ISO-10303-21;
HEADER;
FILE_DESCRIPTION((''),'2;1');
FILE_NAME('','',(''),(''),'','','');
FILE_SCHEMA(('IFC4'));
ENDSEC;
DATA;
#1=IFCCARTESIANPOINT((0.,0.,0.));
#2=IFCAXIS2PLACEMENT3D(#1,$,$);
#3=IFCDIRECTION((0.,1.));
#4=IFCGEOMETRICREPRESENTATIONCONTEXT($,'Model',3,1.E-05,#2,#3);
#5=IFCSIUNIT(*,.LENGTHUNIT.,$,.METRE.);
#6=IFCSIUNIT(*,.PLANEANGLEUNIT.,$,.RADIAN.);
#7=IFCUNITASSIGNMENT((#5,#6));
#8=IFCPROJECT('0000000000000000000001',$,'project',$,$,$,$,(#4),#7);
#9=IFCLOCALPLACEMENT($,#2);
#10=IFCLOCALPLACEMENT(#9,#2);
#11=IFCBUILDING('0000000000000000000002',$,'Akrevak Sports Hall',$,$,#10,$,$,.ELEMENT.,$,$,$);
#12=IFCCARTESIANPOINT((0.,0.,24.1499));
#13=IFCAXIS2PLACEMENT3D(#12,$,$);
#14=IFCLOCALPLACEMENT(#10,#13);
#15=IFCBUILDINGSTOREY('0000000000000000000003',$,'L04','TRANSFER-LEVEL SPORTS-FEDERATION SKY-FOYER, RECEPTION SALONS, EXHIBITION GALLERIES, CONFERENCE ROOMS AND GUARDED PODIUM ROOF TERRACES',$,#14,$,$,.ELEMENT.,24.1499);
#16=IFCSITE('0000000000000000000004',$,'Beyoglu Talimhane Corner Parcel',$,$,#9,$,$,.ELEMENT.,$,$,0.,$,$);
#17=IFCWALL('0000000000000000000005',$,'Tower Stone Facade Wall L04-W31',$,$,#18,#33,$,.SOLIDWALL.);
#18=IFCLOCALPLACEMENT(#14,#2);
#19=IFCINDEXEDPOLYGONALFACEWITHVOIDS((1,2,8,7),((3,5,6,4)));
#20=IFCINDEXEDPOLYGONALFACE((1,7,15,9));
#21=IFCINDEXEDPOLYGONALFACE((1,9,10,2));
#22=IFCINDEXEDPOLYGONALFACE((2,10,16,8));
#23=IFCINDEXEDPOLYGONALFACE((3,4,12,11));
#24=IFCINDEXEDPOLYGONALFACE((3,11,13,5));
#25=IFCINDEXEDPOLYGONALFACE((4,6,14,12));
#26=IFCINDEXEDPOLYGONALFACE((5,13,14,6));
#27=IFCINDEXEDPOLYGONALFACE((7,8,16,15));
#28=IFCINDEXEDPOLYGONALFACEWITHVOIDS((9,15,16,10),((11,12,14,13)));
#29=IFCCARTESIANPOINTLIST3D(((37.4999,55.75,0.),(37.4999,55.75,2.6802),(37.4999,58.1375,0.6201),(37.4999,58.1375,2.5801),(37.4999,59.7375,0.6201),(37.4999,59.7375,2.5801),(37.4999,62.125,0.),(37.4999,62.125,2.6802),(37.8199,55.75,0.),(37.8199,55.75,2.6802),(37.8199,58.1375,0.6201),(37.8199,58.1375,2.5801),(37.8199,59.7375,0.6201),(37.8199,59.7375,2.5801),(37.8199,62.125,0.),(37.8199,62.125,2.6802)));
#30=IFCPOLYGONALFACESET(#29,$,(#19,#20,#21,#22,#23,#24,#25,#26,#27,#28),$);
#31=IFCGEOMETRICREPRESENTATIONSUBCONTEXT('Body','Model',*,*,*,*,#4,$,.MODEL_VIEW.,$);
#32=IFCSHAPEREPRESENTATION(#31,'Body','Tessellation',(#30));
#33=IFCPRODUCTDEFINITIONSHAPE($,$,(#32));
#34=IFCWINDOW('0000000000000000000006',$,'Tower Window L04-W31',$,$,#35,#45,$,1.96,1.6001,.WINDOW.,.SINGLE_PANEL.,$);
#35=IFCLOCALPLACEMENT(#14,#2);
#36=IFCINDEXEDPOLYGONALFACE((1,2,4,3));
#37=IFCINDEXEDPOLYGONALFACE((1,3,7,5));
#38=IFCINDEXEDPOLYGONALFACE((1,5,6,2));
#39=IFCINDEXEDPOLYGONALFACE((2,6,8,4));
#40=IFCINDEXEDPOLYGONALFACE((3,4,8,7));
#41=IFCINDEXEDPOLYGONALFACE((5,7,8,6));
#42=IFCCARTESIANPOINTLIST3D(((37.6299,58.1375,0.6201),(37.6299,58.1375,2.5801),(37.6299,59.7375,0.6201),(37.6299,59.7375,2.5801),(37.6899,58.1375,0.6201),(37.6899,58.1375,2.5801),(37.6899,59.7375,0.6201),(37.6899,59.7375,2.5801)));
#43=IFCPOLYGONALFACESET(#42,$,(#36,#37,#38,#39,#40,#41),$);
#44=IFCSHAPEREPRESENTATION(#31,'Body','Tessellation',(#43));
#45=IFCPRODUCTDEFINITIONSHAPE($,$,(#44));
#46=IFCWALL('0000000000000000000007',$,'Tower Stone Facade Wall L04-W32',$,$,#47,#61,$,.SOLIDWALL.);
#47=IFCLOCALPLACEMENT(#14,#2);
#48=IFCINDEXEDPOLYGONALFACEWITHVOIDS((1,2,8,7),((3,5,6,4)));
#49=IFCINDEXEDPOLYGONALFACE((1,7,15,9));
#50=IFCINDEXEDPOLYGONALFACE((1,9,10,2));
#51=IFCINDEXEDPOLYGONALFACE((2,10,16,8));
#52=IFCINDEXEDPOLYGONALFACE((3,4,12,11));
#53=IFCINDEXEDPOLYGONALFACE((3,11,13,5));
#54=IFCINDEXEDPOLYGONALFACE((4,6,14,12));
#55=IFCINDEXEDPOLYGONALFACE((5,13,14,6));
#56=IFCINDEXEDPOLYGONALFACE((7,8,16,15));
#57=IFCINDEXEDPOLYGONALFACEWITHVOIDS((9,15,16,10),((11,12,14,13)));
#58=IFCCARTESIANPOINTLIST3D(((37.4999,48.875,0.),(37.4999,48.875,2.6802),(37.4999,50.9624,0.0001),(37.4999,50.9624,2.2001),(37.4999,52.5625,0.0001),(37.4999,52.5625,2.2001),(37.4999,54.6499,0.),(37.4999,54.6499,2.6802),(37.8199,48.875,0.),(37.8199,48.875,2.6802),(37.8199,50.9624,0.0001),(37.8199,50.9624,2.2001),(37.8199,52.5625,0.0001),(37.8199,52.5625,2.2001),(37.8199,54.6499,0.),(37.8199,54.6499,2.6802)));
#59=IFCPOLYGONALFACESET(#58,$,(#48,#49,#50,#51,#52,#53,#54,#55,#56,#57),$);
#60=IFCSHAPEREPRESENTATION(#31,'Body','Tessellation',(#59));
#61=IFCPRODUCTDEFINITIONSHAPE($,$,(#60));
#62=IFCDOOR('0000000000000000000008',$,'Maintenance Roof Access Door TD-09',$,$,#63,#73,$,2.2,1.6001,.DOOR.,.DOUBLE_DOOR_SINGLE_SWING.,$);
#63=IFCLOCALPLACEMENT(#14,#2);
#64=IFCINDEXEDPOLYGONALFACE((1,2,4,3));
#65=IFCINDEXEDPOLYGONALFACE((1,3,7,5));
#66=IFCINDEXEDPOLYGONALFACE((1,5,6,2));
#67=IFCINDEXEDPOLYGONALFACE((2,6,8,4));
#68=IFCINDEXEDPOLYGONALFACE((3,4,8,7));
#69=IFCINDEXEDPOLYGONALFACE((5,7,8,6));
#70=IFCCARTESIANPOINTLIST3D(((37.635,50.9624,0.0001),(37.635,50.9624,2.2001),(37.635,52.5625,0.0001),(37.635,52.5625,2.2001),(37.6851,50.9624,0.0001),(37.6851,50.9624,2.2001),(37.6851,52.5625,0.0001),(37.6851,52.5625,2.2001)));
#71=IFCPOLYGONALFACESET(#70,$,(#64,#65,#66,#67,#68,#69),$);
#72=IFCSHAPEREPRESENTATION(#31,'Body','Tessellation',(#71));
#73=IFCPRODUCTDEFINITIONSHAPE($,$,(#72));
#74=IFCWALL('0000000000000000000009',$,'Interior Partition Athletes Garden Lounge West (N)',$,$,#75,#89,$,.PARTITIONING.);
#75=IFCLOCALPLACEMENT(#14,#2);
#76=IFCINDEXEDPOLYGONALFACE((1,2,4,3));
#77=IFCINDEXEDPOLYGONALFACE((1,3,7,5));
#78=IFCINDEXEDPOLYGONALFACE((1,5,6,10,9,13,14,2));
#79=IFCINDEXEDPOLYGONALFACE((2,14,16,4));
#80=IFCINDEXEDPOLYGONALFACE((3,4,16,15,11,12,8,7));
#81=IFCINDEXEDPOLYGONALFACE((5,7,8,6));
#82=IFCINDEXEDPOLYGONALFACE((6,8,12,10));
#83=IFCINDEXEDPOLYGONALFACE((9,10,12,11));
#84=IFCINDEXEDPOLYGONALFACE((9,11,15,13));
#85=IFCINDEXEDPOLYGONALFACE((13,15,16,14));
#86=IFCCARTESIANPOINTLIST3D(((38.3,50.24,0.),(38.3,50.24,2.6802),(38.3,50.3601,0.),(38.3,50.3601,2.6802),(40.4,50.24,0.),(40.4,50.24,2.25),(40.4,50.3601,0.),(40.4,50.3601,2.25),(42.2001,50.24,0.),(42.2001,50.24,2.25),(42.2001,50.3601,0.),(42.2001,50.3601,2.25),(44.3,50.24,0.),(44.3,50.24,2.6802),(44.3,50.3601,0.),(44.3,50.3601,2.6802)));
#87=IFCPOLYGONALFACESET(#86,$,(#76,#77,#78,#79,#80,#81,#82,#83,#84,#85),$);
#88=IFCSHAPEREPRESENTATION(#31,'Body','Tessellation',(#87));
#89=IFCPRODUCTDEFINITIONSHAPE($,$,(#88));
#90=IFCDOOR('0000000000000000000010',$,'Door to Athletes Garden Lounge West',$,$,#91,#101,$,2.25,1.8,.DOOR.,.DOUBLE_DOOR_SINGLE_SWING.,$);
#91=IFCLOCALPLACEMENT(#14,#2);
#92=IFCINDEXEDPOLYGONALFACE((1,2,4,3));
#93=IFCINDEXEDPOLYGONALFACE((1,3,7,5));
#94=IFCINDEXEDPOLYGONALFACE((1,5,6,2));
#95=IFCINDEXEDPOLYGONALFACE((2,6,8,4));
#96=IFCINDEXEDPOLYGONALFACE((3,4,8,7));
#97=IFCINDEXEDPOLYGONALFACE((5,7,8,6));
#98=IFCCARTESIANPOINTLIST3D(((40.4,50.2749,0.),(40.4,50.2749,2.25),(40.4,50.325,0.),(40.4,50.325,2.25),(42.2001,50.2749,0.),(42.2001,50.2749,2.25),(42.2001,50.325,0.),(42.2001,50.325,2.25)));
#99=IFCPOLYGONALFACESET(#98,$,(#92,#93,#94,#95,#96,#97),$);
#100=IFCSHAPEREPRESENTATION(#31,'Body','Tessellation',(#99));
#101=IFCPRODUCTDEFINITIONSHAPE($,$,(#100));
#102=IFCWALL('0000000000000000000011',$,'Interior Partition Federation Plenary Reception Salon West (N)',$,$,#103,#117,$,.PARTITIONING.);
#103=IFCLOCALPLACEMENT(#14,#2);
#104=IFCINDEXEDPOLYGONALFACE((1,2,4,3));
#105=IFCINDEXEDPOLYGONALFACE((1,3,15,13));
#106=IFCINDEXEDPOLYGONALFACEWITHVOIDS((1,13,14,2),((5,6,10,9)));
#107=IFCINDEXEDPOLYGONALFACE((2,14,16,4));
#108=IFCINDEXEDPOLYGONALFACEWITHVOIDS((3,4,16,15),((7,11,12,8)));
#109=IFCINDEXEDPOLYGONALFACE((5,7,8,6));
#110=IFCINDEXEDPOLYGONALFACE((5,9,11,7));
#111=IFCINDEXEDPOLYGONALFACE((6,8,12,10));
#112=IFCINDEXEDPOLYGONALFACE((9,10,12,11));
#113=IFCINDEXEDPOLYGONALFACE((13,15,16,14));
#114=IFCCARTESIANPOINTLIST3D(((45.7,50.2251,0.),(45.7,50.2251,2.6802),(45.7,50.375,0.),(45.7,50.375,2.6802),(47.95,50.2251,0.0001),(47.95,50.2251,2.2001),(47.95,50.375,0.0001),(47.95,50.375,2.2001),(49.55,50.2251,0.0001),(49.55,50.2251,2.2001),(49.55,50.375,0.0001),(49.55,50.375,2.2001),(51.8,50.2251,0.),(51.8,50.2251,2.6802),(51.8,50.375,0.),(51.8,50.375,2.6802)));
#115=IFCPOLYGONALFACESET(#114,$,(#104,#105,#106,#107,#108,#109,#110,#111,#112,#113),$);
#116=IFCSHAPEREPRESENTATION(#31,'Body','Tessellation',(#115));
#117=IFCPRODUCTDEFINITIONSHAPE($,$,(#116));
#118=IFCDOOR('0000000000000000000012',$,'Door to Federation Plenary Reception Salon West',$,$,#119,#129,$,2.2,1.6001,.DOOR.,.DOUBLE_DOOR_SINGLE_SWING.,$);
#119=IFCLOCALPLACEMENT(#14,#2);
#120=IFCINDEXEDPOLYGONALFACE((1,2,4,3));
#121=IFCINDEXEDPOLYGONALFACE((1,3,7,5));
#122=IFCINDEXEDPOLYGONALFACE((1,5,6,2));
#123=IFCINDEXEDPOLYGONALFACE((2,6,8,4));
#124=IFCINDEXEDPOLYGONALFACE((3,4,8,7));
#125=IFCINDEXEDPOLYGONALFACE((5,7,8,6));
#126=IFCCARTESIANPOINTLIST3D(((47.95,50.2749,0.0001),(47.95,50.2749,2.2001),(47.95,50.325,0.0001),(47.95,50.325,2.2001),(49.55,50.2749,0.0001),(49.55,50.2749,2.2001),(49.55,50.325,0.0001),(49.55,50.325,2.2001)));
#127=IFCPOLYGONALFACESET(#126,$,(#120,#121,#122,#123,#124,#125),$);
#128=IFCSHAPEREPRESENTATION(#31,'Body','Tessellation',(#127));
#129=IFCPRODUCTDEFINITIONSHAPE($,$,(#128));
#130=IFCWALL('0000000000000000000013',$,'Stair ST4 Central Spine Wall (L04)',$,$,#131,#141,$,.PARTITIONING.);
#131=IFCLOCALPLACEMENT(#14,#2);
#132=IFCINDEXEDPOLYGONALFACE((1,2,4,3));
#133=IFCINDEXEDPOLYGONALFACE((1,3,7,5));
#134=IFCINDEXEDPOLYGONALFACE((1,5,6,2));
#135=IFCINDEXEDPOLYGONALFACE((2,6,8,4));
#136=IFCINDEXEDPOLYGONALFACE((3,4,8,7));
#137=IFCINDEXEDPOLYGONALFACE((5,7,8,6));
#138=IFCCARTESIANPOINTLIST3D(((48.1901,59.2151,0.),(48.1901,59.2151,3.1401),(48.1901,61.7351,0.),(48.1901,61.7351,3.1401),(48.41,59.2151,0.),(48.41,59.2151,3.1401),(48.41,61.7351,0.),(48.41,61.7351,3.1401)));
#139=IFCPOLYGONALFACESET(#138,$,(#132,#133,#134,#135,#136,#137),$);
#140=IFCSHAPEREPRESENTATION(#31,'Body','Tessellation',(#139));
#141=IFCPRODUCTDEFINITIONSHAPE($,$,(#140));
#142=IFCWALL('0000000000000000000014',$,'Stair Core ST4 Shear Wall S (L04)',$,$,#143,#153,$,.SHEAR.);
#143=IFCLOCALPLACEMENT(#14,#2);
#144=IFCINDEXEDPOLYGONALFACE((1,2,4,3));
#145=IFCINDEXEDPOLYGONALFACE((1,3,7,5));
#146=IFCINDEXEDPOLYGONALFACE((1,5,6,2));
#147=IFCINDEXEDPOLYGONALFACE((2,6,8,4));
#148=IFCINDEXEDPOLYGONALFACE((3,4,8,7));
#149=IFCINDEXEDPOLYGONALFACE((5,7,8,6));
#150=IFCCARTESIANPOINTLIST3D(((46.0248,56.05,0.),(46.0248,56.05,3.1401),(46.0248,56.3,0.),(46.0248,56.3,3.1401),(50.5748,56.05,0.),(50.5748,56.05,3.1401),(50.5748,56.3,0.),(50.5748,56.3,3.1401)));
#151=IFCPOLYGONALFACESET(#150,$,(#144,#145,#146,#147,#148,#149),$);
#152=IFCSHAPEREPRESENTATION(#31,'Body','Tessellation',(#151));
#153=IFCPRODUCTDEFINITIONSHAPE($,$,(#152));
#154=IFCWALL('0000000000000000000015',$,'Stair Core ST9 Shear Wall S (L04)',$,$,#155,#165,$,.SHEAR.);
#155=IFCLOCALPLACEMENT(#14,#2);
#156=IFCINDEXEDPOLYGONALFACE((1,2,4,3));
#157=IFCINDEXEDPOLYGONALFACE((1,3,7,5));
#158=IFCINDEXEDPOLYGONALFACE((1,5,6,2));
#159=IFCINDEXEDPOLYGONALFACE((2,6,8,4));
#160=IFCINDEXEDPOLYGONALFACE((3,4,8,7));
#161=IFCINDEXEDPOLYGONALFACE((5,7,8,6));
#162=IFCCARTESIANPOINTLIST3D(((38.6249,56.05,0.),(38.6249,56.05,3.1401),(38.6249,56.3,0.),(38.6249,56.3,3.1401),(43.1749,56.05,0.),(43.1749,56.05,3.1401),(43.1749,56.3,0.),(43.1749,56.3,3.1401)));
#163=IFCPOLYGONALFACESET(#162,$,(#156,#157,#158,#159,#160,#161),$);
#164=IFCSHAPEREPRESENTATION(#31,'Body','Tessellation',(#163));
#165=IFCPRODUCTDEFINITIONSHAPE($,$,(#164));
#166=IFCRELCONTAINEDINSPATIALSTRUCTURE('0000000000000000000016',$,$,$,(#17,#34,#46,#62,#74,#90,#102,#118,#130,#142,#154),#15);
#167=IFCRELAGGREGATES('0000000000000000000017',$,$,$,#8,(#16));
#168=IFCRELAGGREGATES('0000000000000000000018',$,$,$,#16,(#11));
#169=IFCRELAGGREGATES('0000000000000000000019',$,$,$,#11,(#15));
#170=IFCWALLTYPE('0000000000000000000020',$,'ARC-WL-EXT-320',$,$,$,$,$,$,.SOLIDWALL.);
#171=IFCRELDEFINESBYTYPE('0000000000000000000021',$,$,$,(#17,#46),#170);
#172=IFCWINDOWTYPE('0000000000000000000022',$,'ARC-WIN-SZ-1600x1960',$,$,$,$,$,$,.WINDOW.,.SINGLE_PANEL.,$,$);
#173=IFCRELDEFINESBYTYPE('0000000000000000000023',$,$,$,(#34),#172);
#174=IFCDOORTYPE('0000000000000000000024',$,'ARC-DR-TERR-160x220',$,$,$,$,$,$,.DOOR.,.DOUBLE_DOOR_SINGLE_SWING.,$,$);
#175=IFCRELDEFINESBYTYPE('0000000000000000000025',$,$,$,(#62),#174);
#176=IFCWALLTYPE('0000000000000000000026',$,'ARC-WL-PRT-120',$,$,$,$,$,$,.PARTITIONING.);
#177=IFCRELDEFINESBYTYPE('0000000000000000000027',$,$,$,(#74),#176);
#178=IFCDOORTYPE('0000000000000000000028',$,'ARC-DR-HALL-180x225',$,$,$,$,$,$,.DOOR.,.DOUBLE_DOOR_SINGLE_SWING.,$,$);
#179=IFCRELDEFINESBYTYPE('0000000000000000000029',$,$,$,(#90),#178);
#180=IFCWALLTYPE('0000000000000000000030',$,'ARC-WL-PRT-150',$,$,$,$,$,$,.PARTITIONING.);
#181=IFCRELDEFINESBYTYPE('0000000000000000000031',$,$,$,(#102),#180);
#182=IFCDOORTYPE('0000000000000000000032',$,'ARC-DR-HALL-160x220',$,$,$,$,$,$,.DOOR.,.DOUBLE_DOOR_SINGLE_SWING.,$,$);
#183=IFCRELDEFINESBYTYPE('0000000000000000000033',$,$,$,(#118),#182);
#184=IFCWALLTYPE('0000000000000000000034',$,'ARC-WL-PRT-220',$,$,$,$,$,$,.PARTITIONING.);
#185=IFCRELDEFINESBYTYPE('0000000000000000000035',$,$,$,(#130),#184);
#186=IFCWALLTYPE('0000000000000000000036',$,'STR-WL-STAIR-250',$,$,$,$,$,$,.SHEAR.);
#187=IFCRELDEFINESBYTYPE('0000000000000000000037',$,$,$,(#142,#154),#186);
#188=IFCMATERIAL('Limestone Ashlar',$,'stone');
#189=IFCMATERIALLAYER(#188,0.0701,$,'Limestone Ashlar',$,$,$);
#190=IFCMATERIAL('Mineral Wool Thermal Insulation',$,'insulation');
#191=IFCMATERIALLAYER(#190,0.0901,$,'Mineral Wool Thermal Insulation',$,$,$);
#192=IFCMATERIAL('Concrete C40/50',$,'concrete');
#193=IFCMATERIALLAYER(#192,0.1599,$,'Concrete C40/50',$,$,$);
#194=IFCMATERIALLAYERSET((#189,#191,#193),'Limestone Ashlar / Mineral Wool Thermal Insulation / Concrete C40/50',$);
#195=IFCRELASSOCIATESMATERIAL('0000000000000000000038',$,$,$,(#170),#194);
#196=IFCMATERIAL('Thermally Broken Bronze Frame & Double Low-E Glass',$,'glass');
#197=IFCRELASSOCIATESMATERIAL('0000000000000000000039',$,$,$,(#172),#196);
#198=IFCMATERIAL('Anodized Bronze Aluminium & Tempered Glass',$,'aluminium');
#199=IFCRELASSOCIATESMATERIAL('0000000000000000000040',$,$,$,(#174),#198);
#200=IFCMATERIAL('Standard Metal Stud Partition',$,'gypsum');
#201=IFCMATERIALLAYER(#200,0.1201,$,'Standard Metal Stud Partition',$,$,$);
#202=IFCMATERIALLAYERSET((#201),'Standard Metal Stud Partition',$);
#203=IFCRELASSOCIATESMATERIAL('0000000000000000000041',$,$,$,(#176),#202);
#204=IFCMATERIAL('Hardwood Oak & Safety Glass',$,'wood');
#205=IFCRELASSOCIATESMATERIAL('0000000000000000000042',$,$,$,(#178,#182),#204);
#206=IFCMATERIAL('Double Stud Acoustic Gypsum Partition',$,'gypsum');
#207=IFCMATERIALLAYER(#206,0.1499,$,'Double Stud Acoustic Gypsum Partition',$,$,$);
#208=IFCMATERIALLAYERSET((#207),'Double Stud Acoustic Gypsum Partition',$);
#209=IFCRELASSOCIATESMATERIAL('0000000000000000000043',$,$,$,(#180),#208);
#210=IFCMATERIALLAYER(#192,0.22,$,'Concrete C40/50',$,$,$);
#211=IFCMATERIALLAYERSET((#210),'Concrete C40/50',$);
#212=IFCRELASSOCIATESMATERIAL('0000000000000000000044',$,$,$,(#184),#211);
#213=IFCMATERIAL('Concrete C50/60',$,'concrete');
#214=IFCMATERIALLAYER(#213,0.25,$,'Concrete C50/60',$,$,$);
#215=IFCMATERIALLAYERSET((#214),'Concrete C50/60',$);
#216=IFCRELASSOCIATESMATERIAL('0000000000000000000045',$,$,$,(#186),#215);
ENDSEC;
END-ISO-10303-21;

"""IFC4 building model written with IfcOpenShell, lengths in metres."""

from ifc_helpers import new_model, si_unit, direction, frame, frame_2d, origin, place, context, subcontext, project, spatial, rectangle, extrude, material, layer, layer_set, type_object, element, fill, save


model = new_model("IFC4")

# Units and contexts
model_context = context("Model", 3, precision=1e-05, world=origin(), true_north=direction((0.0, 1.0)))
body_context = subcontext(model_context, "Body", "Model", "MODEL_VIEW")
ifc_project = project(units=[si_unit("LENGTHUNIT", "METRE"), si_unit("PLANEANGLEUNIT", "RADIAN")], contexts=[model_context])

# Site, building, storey
site_placement = place(None, origin())
site = spatial("IfcSite", under=ifc_project, at=site_placement, Name="Beyoglu Talimhane Corner Parcel", CompositionType="ELEMENT", RefElevation=0.0)
building_placement = place(site_placement, origin())
building = spatial("IfcBuilding", under=site, at=building_placement, Name="Akrevak Sports Hall", CompositionType="ELEMENT")
storey_placement = place(building_placement, frame((0.0, 0.0, 24.1499)))
storey = spatial("IfcBuildingStorey", under=building, at=storey_placement, Name="L04", Description="TRANSFER-LEVEL SPORTS-FEDERATION SKY-FOYER, RECEPTION SALONS, EXHIBITION GALLERIES, CONFERENCE ROOMS AND GUARDED PODIUM ROOF TERRACES", CompositionType="ELEMENT", Elevation=24.1499)

# Shared definitions
ifc_material_1 = material(Name="Concrete C50/60", Category="concrete")
ifc_material_2 = material(Name="Concrete C40/50", Category="concrete")

# Wall, opening, window
ifc_material_3 = material(Name="Limestone Ashlar", Category="stone")
ifc_layer_1 = layer(ifc_material_3, 0.0701, Name="Limestone Ashlar")
ifc_material_4 = material(Name="Mineral Wool Thermal Insulation", Category="insulation")
ifc_layer_2 = layer(ifc_material_4, 0.0901, Name="Mineral Wool Thermal Insulation")
ifc_layer_3 = layer(ifc_material_2, 0.1599, Name="Concrete C40/50")
ifc_layer_set_1 = layer_set([ifc_layer_1, ifc_layer_2, ifc_layer_3], Name="Limestone Ashlar / Mineral Wool Thermal Insulation / Concrete C40/50")
wall_type_1 = type_object("IfcWallType", Name="ARC-WL-EXT-320", PredefinedType="SOLIDWALL", material=ifc_layer_set_1)
wall_1_placement = place(storey_placement, frame((37.6599, 62.125, 0.0), z_axis=(0.0, 0.0, 1.0), x_axis=(0.0, -1.0, 0.0)))
wall_1 = element("IfcWall", 1, at=wall_1_placement, inside=storey, type_object=wall_type_1, Name="Tower Stone Facade Wall L04-W31", PredefinedType="SOLIDWALL", context=body_context, shape_type="SweptSolid", body=[
    extrude(rectangle(XDim=6.375, YDim=0.3201, at=frame_2d((3.1875, 0.0))), origin(), (0.0, 0.0, 1.0), 2.6802),
])
opening_1_placement = place(wall_1_placement, frame((2.3875, 0.0, 0.6201)))
opening_1 = element("IfcOpeningElement", 2, at=opening_1_placement, cuts=wall_1, PredefinedType="OPENING", context=body_context, shape_type="SweptSolid", body=[
    extrude(rectangle(XDim=1.6001, YDim=1.96, at=frame_2d((0.8, 0.98))), frame((0.0, 0.1719, 0.0), z_axis=(0.0, -1.0, 0.0), x_axis=(1.0, 0.0, 0.0)), (0.0, 0.0, 1.0), 0.344),
])
ifc_material_5 = material(Name="Thermally Broken Bronze Frame & Double Low-E Glass", Category="glass")
window_type = type_object("IfcWindowType", Name="ARC-WIN-SZ-1600x1960", PartitioningType="SINGLE_PANEL", PredefinedType="WINDOW", material=ifc_material_5)
window_placement = place(opening_1_placement, origin())
window = element("IfcWindow", 3, at=window_placement, inside=storey, type_object=window_type, Name="Tower Window L04-W31", OverallHeight=1.96, OverallWidth=1.6001, PartitioningType="SINGLE_PANEL", PredefinedType="WINDOW", context=body_context, shape_type="SweptSolid", body=[
    extrude(rectangle(XDim=1.6001, YDim=1.96, at=frame_2d((0.8, 0.98))), frame((0.0, 0.03, 0.0), z_axis=(0.0, -1.0, 0.0), x_axis=(1.0, 0.0, 0.0)), (0.0, 0.0, 1.0), 0.0601),
])
fill(opening_1, window)

# Walls, openings, doors
wall_2_placement = place(storey_placement, frame((37.6599, 54.6499, 0.0), z_axis=(0.0, 0.0, 1.0), x_axis=(0.0, -1.0, 0.0)))
wall_2 = element("IfcWall", 4, at=wall_2_placement, inside=storey, type_object=wall_type_1, Name="Tower Stone Facade Wall L04-W32", PredefinedType="SOLIDWALL", context=body_context, shape_type="SweptSolid", body=[
    extrude(rectangle(XDim=5.7749, YDim=0.3201, at=frame_2d((2.8875, 0.0))), origin(), (0.0, 0.0, 1.0), 2.6802),
])
opening_2_placement = place(wall_2_placement, frame((2.0874, 0.0, 0.0)))
opening_2 = element("IfcOpeningElement", 5, at=opening_2_placement, cuts=wall_2, PredefinedType="OPENING", context=body_context, shape_type="SweptSolid", body=[
    extrude(rectangle(XDim=1.6001, YDim=2.2, at=frame_2d((0.8, 1.1001))), frame((0.0, 0.1719, 0.0), z_axis=(0.0, -1.0, 0.0), x_axis=(1.0, 0.0, 0.0)), (0.0, 0.0, 1.0), 0.344),
])
ifc_material_6 = material(Name="Anodized Bronze Aluminium & Tempered Glass", Category="aluminium")
door_type_1 = type_object("IfcDoorType", Name="ARC-DR-TERR-160x220", OperationType="DOUBLE_DOOR_SINGLE_SWING", PredefinedType="DOOR", material=ifc_material_6)
door_1_placement = place(opening_2_placement, frame((1.6001, 0.0, 0.0), z_axis=(0.0, 0.0, 1.0), x_axis=(-1.0, 0.0, 0.0)))
door_1 = element("IfcDoor", 6, at=door_1_placement, inside=storey, type_object=door_type_1, Name="Maintenance Roof Access Door TD-09", OperationType="DOUBLE_DOOR_SINGLE_SWING", OverallHeight=2.2, OverallWidth=1.6001, PredefinedType="DOOR", context=body_context, shape_type="SweptSolid", body=[
    extrude(rectangle(XDim=1.6001, YDim=2.2, at=frame_2d((0.8, 1.1001))), frame((0.0, 0.0249, 0.0), z_axis=(0.0, -1.0, 0.0), x_axis=(1.0, 0.0, 0.0)), (0.0, 0.0, 1.0), 0.05),
])
fill(opening_2, door_1)
ifc_material_7 = material(Name="Standard Metal Stud Partition", Category="gypsum")
ifc_layer_4 = layer(ifc_material_7, 0.1201, Name="Standard Metal Stud Partition")
ifc_layer_set_2 = layer_set([ifc_layer_4], Name="Standard Metal Stud Partition")
wall_type_2 = type_object("IfcWallType", Name="ARC-WL-PRT-120", PredefinedType="PARTITIONING", material=ifc_layer_set_2)
wall_3_placement = place(storey_placement, frame((38.3, 50.3, 0.0), z_axis=(0.0, 0.0, 1.0), x_axis=(1.0, 0.0, 0.0)))
wall_3 = element("IfcWall", 7, at=wall_3_placement, inside=storey, type_object=wall_type_2, Name="Interior Partition Athletes Garden Lounge West (N)", PredefinedType="PARTITIONING", context=body_context, shape_type="SweptSolid", body=[
    extrude(rectangle(XDim=6.0, YDim=0.1201, at=frame_2d((3.0, 0.0))), origin(), (0.0, 0.0, 1.0), 2.6802),
])
opening_3_placement = place(wall_3_placement, frame((2.1001, 0.0, 0.0)))
opening_3 = element("IfcOpeningElement", 8, at=opening_3_placement, cuts=wall_3, PredefinedType="OPENING", context=body_context, shape_type="SweptSolid", body=[
    extrude(rectangle(XDim=1.8, YDim=2.25, at=frame_2d((0.8999, 1.125))), frame((0.0, 0.072, 0.0), z_axis=(0.0, -1.0, 0.0), x_axis=(1.0, 0.0, 0.0)), (0.0, 0.0, 1.0), 0.144),
])
ifc_material_8 = material(Name="Hardwood Oak & Safety Glass", Category="wood")
door_type_2 = type_object("IfcDoorType", Name="ARC-DR-HALL-180x225", OperationType="DOUBLE_DOOR_SINGLE_SWING", PredefinedType="DOOR", material=ifc_material_8)
door_2_placement = place(opening_3_placement, origin())
door_2 = element("IfcDoor", 9, at=door_2_placement, inside=storey, type_object=door_type_2, Name="Door to Athletes Garden Lounge West", OperationType="DOUBLE_DOOR_SINGLE_SWING", OverallHeight=2.25, OverallWidth=1.8, PredefinedType="DOOR", context=body_context, shape_type="SweptSolid", body=[
    extrude(rectangle(XDim=1.8, YDim=2.25, at=frame_2d((0.8999, 1.125))), frame((0.0, 0.0249, 0.0), z_axis=(0.0, -1.0, 0.0), x_axis=(1.0, 0.0, 0.0)), (0.0, 0.0, 1.0), 0.05),
])
fill(opening_3, door_2)
ifc_material_9 = material(Name="Double Stud Acoustic Gypsum Partition", Category="gypsum")
ifc_layer_5 = layer(ifc_material_9, 0.1499, Name="Double Stud Acoustic Gypsum Partition")
ifc_layer_set_3 = layer_set([ifc_layer_5], Name="Double Stud Acoustic Gypsum Partition")
wall_type_3 = type_object("IfcWallType", Name="ARC-WL-PRT-150", PredefinedType="PARTITIONING", material=ifc_layer_set_3)
wall_4_placement = place(storey_placement, frame((45.7, 50.3, 0.0), z_axis=(0.0, 0.0, 1.0), x_axis=(1.0, 0.0, 0.0)))
wall_4 = element("IfcWall", 10, at=wall_4_placement, inside=storey, type_object=wall_type_3, Name="Interior Partition Federation Plenary Reception Salon West (N)", PredefinedType="PARTITIONING", context=body_context, shape_type="SweptSolid", body=[
    extrude(rectangle(XDim=6.1001, YDim=0.1499, at=frame_2d((3.05, 0.0))), origin(), (0.0, 0.0, 1.0), 2.6802),
])
opening_4_placement = place(wall_4_placement, frame((2.25, 0.0, 0.0)))
opening_4 = element("IfcOpeningElement", 11, at=opening_4_placement, cuts=wall_4, PredefinedType="OPENING", context=body_context, shape_type="SweptSolid", body=[
    extrude(rectangle(XDim=1.6001, YDim=2.2, at=frame_2d((0.8, 1.1001))), frame((0.0, 0.0869, 0.0), z_axis=(0.0, -1.0, 0.0), x_axis=(1.0, 0.0, 0.0)), (0.0, 0.0, 1.0), 0.1738),
])
door_type_3 = type_object("IfcDoorType", Name="ARC-DR-HALL-160x220", OperationType="DOUBLE_DOOR_SINGLE_SWING", PredefinedType="DOOR", material=ifc_material_8)
door_3_placement = place(opening_4_placement, origin())
door_3 = element("IfcDoor", 12, at=door_3_placement, inside=storey, type_object=door_type_3, Name="Door to Federation Plenary Reception Salon West", OperationType="DOUBLE_DOOR_SINGLE_SWING", OverallHeight=2.2, OverallWidth=1.6001, PredefinedType="DOOR", context=body_context, shape_type="SweptSolid", body=[
    extrude(rectangle(XDim=1.6001, YDim=2.2, at=frame_2d((0.8, 1.1001))), frame((0.0, 0.0249, 0.0), z_axis=(0.0, -1.0, 0.0), x_axis=(1.0, 0.0, 0.0)), (0.0, 0.0, 1.0), 0.05),
])
fill(opening_4, door_3)

# Walls
ifc_layer_6 = layer(ifc_material_2, 0.22, Name="Concrete C40/50")
ifc_layer_set_4 = layer_set([ifc_layer_6], Name="Concrete C40/50")
wall_type_4 = type_object("IfcWallType", Name="ARC-WL-PRT-220", PredefinedType="PARTITIONING", material=ifc_layer_set_4)
wall_5_placement = place(storey_placement, frame((48.3, 59.2151, 0.0), z_axis=(0.0, 0.0, 1.0), x_axis=(0.0, 1.0, 0.0)))
element("IfcWall", 13, at=wall_5_placement, inside=storey, type_object=wall_type_4, Name="Stair ST4 Central Spine Wall (L04)", PredefinedType="PARTITIONING", context=body_context, shape_type="SweptSolid", body=[
    extrude(rectangle(XDim=2.52, YDim=0.22, at=frame_2d((1.26, 0.0))), origin(), (0.0, 0.0, 1.0), 3.1401),
])
ifc_layer_7 = layer(ifc_material_1, 0.25, Name="Concrete C50/60")
ifc_layer_set_5 = layer_set([ifc_layer_7], Name="Concrete C50/60")
wall_type_5 = type_object("IfcWallType", Name="STR-WL-STAIR-250", PredefinedType="SHEAR", material=ifc_layer_set_5)
for number, where, z_axis, x_axis, name in (
    (14, (46.0249, 56.175, 0.0), (0.0, 0.0, 1.0), (1.0, 0.0, 0.0), "Stair Core ST4 Shear Wall S (L04)"),
    (15, (38.625, 56.175, 0.0), (0.0, 0.0, 1.0), (1.0, 0.0, 0.0), "Stair Core ST9 Shear Wall S (L04)"),
):
    element("IfcWall", number, at=place(storey_placement, frame(where, z_axis=z_axis, x_axis=x_axis)), inside=storey, type_object=wall_type_5, Name=name, PredefinedType="SHEAR", context=body_context, shape_type="SweptSolid", body=[
        extrude(rectangle(XDim=4.55, YDim=0.25, at=frame_2d((2.2749, 0.0))), origin(), (0.0, 0.0, 1.0), 3.1401),
    ])

save(model, "model.ifc")
